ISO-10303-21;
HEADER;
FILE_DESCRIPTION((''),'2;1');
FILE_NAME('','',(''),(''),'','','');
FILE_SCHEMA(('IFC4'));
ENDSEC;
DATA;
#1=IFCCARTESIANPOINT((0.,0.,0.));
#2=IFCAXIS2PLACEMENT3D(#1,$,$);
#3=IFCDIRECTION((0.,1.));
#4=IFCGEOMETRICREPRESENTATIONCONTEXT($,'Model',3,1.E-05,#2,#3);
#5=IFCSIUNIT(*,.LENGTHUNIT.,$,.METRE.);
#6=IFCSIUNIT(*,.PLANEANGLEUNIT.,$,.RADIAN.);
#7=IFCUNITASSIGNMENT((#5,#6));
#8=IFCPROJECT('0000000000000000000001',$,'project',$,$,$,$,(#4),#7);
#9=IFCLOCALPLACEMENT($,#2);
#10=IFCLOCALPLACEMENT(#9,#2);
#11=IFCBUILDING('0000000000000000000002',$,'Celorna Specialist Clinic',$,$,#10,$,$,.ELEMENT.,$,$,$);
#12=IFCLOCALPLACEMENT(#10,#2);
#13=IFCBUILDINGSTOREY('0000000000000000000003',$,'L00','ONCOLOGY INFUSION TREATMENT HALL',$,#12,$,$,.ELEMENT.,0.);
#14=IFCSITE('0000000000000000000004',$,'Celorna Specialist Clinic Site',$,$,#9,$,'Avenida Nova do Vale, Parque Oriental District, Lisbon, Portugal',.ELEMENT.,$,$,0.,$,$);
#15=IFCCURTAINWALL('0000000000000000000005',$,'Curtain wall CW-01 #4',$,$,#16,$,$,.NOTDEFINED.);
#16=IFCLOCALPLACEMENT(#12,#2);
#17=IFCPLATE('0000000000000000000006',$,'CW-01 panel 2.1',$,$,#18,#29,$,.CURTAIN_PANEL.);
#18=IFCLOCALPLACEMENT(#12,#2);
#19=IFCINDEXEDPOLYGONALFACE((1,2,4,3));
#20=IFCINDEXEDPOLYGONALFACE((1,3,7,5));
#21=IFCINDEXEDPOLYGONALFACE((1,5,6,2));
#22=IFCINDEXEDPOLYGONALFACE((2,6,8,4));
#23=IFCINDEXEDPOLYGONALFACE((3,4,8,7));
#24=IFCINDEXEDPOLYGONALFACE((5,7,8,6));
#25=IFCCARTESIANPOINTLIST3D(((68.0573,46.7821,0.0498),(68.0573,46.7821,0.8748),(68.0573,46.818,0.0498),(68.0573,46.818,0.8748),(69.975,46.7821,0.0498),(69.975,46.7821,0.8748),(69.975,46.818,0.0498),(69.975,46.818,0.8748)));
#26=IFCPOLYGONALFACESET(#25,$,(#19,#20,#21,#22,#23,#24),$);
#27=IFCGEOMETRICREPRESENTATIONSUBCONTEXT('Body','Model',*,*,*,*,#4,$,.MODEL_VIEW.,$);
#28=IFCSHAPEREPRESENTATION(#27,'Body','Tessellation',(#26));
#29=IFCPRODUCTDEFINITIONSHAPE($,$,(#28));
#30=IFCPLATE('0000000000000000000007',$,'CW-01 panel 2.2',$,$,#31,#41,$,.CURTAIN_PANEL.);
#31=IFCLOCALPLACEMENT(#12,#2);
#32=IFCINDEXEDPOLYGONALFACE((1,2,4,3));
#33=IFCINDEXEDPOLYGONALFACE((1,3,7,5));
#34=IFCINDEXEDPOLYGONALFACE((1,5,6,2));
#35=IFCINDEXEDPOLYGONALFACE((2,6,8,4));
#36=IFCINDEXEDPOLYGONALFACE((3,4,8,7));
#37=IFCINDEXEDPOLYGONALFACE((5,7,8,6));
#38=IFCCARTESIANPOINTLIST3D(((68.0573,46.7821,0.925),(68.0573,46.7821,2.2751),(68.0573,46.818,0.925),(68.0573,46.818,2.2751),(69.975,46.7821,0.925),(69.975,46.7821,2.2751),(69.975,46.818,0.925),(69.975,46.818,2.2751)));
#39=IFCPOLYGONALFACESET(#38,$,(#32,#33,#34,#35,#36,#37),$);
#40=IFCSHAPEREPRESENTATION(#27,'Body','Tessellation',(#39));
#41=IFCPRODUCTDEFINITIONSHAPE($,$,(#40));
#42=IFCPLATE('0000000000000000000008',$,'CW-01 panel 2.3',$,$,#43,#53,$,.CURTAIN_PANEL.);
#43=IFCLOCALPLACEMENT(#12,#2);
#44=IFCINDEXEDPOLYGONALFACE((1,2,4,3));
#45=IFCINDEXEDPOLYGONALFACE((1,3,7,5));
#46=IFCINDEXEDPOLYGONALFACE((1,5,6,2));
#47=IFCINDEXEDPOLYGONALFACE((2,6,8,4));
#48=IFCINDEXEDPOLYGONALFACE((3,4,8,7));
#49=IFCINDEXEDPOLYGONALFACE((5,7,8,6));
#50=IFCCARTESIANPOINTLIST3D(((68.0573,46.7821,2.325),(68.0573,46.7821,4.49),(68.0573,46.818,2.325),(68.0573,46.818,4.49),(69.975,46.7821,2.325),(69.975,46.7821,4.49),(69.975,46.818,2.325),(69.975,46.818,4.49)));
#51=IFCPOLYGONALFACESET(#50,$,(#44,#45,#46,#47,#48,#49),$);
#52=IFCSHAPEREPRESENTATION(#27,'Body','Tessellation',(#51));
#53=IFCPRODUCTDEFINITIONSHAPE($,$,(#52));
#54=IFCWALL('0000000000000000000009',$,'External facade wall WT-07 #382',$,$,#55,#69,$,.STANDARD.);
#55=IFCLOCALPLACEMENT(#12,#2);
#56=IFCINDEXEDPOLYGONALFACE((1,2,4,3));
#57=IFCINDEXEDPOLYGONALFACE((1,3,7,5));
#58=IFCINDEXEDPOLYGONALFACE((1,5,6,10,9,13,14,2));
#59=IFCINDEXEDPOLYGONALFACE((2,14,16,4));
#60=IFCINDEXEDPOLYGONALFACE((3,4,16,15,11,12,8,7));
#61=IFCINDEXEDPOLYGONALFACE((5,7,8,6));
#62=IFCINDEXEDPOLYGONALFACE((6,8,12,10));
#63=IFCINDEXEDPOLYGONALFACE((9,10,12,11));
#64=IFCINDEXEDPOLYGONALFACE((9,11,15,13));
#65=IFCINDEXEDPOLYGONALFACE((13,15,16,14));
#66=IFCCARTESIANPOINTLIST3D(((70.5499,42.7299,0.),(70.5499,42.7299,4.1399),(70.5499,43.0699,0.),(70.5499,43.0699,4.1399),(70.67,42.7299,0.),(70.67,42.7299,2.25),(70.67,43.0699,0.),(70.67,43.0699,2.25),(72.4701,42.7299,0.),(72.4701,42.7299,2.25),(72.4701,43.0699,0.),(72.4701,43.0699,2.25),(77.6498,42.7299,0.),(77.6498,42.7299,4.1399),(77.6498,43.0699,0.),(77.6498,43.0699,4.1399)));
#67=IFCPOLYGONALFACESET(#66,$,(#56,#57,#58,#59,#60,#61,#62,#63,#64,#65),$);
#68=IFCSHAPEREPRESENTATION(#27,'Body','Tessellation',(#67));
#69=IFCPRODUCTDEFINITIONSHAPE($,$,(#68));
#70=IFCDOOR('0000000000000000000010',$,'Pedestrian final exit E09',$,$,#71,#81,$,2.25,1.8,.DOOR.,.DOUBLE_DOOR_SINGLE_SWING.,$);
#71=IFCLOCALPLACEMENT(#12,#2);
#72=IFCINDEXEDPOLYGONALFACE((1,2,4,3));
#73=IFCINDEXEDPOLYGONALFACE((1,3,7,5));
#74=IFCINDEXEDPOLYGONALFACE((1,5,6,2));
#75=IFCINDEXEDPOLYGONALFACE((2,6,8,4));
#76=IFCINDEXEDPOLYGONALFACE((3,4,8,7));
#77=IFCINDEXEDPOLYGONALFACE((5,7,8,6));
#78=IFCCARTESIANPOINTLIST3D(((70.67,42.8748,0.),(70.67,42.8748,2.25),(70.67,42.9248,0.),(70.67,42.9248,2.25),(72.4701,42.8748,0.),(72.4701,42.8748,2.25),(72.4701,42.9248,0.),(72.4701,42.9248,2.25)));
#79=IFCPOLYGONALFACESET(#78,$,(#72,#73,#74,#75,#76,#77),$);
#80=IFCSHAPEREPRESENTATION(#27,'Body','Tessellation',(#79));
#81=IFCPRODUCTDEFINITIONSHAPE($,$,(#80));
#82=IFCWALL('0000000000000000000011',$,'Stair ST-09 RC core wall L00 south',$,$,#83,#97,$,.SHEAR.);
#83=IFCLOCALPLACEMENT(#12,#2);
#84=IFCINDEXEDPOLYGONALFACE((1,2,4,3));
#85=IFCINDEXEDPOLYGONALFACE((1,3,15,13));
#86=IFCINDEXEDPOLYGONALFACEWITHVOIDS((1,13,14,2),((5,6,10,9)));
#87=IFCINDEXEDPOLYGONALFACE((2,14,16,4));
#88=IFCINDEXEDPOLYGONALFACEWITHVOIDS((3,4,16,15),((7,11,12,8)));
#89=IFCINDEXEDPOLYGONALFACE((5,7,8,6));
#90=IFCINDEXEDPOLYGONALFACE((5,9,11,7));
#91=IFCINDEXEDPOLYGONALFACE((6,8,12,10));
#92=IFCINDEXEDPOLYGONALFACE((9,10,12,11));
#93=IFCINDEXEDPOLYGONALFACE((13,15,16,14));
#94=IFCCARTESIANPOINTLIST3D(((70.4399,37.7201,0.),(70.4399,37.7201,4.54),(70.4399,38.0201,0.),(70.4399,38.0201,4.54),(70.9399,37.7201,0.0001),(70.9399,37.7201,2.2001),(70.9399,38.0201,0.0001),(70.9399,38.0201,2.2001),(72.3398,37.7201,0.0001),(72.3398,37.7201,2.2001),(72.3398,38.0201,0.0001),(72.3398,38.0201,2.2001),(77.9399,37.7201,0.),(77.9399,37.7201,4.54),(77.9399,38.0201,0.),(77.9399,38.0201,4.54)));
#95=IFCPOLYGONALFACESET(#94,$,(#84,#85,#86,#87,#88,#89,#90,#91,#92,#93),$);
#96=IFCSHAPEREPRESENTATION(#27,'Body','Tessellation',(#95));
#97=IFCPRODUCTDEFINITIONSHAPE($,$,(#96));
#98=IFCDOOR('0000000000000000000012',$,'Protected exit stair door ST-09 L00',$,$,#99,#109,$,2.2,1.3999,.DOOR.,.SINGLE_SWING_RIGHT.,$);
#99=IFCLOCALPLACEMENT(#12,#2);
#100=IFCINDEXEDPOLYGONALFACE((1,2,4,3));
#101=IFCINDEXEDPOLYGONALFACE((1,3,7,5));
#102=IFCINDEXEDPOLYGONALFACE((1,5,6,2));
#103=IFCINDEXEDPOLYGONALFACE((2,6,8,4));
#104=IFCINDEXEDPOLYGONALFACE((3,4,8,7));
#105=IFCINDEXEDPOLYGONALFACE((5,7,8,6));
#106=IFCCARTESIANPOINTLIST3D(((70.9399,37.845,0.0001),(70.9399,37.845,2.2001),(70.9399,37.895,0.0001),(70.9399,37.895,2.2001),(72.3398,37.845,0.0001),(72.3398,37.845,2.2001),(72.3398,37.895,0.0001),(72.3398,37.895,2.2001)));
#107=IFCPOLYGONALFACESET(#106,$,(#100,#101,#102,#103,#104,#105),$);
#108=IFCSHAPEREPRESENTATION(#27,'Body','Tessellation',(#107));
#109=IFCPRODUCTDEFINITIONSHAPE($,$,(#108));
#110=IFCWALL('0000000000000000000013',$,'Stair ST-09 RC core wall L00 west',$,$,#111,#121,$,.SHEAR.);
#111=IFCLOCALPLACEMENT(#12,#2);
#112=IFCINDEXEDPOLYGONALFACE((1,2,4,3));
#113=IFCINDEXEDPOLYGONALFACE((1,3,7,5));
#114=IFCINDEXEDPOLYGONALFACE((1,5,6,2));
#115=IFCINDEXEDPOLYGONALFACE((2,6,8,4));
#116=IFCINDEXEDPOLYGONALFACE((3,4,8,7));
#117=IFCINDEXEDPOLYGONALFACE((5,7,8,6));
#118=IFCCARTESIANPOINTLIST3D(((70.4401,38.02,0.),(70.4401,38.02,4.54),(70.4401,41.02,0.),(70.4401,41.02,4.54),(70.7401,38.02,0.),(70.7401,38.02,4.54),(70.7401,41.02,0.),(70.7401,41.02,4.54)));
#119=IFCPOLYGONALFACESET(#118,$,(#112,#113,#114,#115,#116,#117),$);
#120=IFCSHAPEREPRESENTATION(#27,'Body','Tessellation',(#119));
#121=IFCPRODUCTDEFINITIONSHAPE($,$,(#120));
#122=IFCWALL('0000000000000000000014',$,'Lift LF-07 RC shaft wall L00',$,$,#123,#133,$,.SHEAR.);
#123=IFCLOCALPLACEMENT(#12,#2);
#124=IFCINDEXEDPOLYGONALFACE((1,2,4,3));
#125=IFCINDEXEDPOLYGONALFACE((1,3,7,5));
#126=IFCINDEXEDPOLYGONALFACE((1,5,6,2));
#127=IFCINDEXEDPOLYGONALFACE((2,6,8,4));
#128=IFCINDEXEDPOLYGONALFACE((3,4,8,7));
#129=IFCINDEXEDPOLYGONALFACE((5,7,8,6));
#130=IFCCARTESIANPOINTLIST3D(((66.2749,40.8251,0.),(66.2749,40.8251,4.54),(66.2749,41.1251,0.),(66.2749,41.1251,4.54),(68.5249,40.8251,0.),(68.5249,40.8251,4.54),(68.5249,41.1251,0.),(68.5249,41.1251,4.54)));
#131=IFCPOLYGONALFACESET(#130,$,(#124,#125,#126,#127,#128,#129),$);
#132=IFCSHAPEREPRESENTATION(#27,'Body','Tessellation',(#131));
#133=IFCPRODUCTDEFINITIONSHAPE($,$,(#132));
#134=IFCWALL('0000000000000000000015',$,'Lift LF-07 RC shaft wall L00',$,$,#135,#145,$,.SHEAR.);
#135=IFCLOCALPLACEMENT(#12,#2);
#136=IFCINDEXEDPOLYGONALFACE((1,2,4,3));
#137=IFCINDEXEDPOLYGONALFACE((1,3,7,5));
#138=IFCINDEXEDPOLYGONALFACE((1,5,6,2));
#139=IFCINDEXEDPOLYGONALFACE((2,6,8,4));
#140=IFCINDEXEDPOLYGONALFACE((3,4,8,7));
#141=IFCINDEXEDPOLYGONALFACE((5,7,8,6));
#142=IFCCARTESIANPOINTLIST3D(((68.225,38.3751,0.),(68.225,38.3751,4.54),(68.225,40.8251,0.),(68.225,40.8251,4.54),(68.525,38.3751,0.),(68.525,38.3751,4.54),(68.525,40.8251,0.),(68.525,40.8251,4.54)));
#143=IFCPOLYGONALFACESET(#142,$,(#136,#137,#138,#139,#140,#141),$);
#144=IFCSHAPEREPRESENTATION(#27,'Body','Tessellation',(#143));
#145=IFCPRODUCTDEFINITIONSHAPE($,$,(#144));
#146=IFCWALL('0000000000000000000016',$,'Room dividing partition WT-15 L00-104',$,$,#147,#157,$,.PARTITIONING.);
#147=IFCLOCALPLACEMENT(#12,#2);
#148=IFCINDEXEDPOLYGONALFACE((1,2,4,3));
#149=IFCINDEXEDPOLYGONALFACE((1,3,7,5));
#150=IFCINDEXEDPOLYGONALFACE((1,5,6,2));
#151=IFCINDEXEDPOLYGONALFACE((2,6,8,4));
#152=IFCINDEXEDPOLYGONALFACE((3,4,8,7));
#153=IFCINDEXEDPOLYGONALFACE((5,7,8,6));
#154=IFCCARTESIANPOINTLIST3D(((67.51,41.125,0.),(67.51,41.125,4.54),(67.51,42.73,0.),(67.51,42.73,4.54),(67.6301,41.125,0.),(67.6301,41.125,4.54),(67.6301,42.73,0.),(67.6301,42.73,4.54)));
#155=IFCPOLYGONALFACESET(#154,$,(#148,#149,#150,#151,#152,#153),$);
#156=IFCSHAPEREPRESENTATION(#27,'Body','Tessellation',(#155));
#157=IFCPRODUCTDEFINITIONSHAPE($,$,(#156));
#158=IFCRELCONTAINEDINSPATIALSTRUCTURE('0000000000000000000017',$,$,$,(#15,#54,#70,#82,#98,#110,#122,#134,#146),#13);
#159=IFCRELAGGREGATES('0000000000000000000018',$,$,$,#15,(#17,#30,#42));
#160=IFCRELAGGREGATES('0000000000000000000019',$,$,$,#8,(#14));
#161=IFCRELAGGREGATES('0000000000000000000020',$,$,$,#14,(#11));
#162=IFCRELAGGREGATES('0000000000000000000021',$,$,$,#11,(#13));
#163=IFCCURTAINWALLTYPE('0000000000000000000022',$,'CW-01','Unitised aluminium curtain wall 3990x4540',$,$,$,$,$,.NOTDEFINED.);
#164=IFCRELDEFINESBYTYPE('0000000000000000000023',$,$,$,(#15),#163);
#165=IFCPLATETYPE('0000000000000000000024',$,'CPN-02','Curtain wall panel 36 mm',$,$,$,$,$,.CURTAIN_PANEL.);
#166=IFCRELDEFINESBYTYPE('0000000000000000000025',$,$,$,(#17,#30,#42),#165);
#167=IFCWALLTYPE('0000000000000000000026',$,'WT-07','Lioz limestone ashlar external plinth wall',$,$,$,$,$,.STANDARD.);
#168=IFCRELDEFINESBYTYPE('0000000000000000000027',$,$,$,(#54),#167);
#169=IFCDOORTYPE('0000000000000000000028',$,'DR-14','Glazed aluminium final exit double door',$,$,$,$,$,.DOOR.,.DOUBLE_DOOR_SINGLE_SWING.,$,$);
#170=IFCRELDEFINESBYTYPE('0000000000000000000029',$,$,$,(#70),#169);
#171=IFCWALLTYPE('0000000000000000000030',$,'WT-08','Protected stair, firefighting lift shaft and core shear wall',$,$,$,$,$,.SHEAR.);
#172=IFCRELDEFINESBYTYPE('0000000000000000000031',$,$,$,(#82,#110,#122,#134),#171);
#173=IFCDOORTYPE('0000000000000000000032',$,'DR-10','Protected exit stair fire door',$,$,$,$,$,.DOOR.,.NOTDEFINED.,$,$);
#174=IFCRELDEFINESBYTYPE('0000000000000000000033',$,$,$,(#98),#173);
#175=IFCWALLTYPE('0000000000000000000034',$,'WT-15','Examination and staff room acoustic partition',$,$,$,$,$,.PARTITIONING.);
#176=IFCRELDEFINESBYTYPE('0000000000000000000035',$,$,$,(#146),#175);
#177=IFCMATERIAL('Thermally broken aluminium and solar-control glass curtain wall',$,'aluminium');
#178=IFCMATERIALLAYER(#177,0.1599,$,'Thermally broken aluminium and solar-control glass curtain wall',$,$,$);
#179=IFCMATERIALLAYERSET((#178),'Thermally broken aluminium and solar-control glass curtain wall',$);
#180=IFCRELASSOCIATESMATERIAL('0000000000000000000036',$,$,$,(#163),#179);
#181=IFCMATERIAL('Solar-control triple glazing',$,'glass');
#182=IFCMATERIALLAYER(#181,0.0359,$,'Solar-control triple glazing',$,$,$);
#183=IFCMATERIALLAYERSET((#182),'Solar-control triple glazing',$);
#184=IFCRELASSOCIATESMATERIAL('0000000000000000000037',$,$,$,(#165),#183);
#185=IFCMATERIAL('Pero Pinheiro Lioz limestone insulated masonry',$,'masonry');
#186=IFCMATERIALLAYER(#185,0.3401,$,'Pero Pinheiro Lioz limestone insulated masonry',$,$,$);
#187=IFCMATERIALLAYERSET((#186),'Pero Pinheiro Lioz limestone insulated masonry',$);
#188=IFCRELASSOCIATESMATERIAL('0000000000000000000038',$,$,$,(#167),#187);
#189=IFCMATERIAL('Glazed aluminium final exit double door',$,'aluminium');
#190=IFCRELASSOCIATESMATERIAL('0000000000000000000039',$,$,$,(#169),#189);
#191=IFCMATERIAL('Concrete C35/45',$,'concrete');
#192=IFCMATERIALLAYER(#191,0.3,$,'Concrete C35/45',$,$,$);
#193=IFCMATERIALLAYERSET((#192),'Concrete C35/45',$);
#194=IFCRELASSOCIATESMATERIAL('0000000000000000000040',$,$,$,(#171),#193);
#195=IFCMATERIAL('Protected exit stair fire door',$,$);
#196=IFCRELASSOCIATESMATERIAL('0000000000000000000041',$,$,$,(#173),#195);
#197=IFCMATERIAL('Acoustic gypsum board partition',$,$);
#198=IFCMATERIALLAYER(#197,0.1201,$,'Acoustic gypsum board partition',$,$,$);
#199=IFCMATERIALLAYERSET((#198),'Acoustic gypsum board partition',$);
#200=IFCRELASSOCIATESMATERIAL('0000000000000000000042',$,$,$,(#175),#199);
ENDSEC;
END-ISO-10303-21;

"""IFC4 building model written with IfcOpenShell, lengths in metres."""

from ifc_helpers import new_model, si_unit, direction, frame, frame_2d, origin, origin_2d, place, context, subcontext, project, spatial, rectangle, extrude, material, layer, layer_set, type_object, element, fill, aggregate, save


model = new_model("IFC4")

# Units and contexts
model_context = context("Model", 3, precision=1e-05, world=origin(), true_north=direction((0.0, 1.0)))
body_context = subcontext(model_context, "Body", "Model", "MODEL_VIEW")
ifc_project = project(units=[si_unit("LENGTHUNIT", "METRE"), si_unit("PLANEANGLEUNIT", "RADIAN")], contexts=[model_context])

# Site, building, storey
site_placement = place(None, origin())
site = spatial("IfcSite", under=ifc_project, at=site_placement, Name="Celorna Specialist Clinic Site", LongName="Avenida Nova do Vale, Parque Oriental District, Lisbon, Portugal", CompositionType="ELEMENT", RefElevation=0.0)
building_placement = place(site_placement, origin())
building = spatial("IfcBuilding", under=site, at=building_placement, Name="Celorna Specialist Clinic", CompositionType="ELEMENT")
storey_placement = place(building_placement, origin())
storey = spatial("IfcBuildingStorey", under=building, at=storey_placement, Name="L00", Description="ONCOLOGY INFUSION TREATMENT HALL", CompositionType="ELEMENT", Elevation=0.0)

# Curtain wall
ifc_material_1 = material(Name="Thermally broken aluminium and solar-control glass curtain wall", Category="aluminium")
ifc_layer_1 = layer(ifc_material_1, 0.1599, Name="Thermally broken aluminium and solar-control glass curtain wall")
ifc_layer_set_1 = layer_set([ifc_layer_1], Name="Thermally broken aluminium and solar-control glass curtain wall")
curtain_wall_type_1 = type_object("IfcCurtainWallType", Name="CW-01", Description="Unitised aluminium curtain wall 3990x4540", PredefinedType="NOTDEFINED", material=ifc_layer_set_1)
curtain_wall_1_placement = place(storey_placement, origin())
curtain_wall_1 = element("IfcCurtainWall", 1, at=curtain_wall_1_placement, inside=storey, type_object=curtain_wall_type_1, Name="Curtain wall CW-01 #4", PredefinedType="NOTDEFINED")

# Plates
ifc_material_2 = material(Name="Solar-control triple glazing", Category="glass")
ifc_layer_2 = layer(ifc_material_2, 0.0359, Name="Solar-control triple glazing")
ifc_layer_set_2 = layer_set([ifc_layer_2], Name="Solar-control triple glazing")
plate_type = type_object("IfcPlateType", Name="CPN-02", Description="Curtain wall panel 36 mm", PredefinedType="CURTAIN_PANEL", material=ifc_layer_set_2)
plate_1_placement = place(storey_placement, frame((69.0161, 46.8, 0.0498), z_axis=(0.0, 0.0, 1.0), x_axis=(-1.0, 0.0, 0.0)))
plate_1 = element("IfcPlate", 2, at=plate_1_placement, type_object=plate_type, Name="CW-01 panel 2.1", PredefinedType="CURTAIN_PANEL", context=body_context, shape_type="SweptSolid", body=[
    extrude(rectangle(XDim=1.9177, YDim=0.0359, at=origin_2d()), origin(), (0.0, 0.0, 1.0), 0.825),
])
plate_2_placement = place(storey_placement, frame((69.0161, 46.8, 0.925), z_axis=(0.0, 0.0, 1.0), x_axis=(-1.0, 0.0, 0.0)))
plate_2 = element("IfcPlate", 3, at=plate_2_placement, type_object=plate_type, Name="CW-01 panel 2.2", PredefinedType="CURTAIN_PANEL", context=body_context, shape_type="SweptSolid", body=[
    extrude(rectangle(XDim=1.9177, YDim=0.0359, at=origin_2d()), origin(), (0.0, 0.0, 1.0), 1.3501),
])
plate_3_placement = place(storey_placement, frame((69.0161, 46.8, 2.325), z_axis=(0.0, 0.0, 1.0), x_axis=(-1.0, 0.0, 0.0)))
plate_3 = element("IfcPlate", 4, at=plate_3_placement, type_object=plate_type, Name="CW-01 panel 2.3", PredefinedType="CURTAIN_PANEL", context=body_context, shape_type="SweptSolid", body=[
    extrude(rectangle(XDim=1.9177, YDim=0.0359, at=origin_2d()), origin(), (0.0, 0.0, 1.0), 2.165),
])
aggregate(curtain_wall_1, [plate_1, plate_2, plate_3])

# Walls, openings, doors
ifc_material_3 = material(Name="Pero Pinheiro Lioz limestone insulated masonry", Category="masonry")
ifc_layer_3 = layer(ifc_material_3, 0.3401, Name="Pero Pinheiro Lioz limestone insulated masonry")
ifc_layer_set_3 = layer_set([ifc_layer_3], Name="Pero Pinheiro Lioz limestone insulated masonry")
wall_type_1 = type_object("IfcWallType", Name="WT-07", Description="Lioz limestone ashlar external plinth wall", PredefinedType="STANDARD", material=ifc_layer_set_3)
wall_1_placement = place(storey_placement, frame((70.55, 42.8999, 0.0), z_axis=(0.0, 0.0, 1.0), x_axis=(1.0, 0.0, 0.0)))
wall_1 = element("IfcWall", 5, at=wall_1_placement, inside=storey, type_object=wall_type_1, Name="External facade wall WT-07 #382", PredefinedType="STANDARD", context=body_context, shape_type="SweptSolid", body=[
    extrude(rectangle(XDim=7.0999, YDim=0.3401, at=frame_2d((3.5498, 0.0))), origin(), (0.0, 0.0, 1.0), 4.1399),
])
opening_1_placement = place(wall_1_placement, frame((0.1201, 0.0, 0.0)))
opening_1 = element("IfcOpeningElement", 6, at=opening_1_placement, cuts=wall_1, PredefinedType="OPENING", context=body_context, shape_type="SweptSolid", body=[
    extrude(rectangle(XDim=1.8, YDim=2.25, at=frame_2d((0.8999, 1.125))), frame((0.0, 0.1799, 0.0), z_axis=(0.0, -1.0, 0.0), x_axis=(1.0, 0.0, 0.0)), (0.0, 0.0, 1.0), 0.3601),
])
ifc_material_4 = material(Name="Glazed aluminium final exit double door", Category="aluminium")
door_type_1 = type_object("IfcDoorType", Name="DR-14", Description="Glazed aluminium final exit double door", OperationType="DOUBLE_DOOR_SINGLE_SWING", PredefinedType="DOOR", material=ifc_material_4)
door_1_placement = place(opening_1_placement, origin())
door_1 = element("IfcDoor", 7, at=door_1_placement, inside=storey, type_object=door_type_1, Name="Pedestrian final exit E09", OperationType="DOUBLE_DOOR_SINGLE_SWING", OverallHeight=2.25, OverallWidth=1.8, PredefinedType="DOOR", context=body_context, shape_type="SweptSolid", body=[
    extrude(rectangle(XDim=1.8, YDim=2.25, at=frame_2d((0.8999, 1.125))), frame((0.0, 0.0249, 0.0), z_axis=(0.0, -1.0, 0.0), x_axis=(1.0, 0.0, 0.0)), (0.0, 0.0, 1.0), 0.05),
])
fill(opening_1, door_1)
ifc_material_5 = material(Name="Concrete C35/45", Category="concrete")
ifc_layer_4 = layer(ifc_material_5, 0.3, Name="Concrete C35/45")
ifc_layer_set_4 = layer_set([ifc_layer_4], Name="Concrete C35/45")
wall_type_2 = type_object("IfcWallType", Name="WT-08", Description="Protected stair, firefighting lift shaft and core shear wall", PredefinedType="SHEAR", material=ifc_layer_set_4)
wall_2_placement = place(storey_placement, frame((70.4399, 37.8701, 0.0), z_axis=(0.0, 0.0, 1.0), x_axis=(1.0, 0.0, 0.0)))
wall_2 = element("IfcWall", 8, at=wall_2_placement, inside=storey, type_object=wall_type_2, Name="Stair ST-09 RC core wall L00 south", PredefinedType="SHEAR", context=body_context, shape_type="SweptSolid", body=[
    extrude(rectangle(XDim=7.5, YDim=0.3, at=frame_2d((3.75, 0.0))), origin(), (0.0, 0.0, 1.0), 4.54),
])
opening_2_placement = place(wall_2_placement, frame((0.5, 0.0, 0.0)))
opening_2 = element("IfcOpeningElement", 9, at=opening_2_placement, cuts=wall_2, PredefinedType="OPENING", context=body_context, shape_type="SweptSolid", body=[
    extrude(rectangle(XDim=1.3999, YDim=2.2, at=frame_2d((0.7, 1.1001))), frame((0.0, 0.1599, 0.0), z_axis=(0.0, -1.0, 0.0), x_axis=(1.0, 0.0, 0.0)), (0.0, 0.0, 1.0), 0.3201),
])
ifc_material_6 = material(Name="Protected exit stair fire door")
door_type_2 = type_object("IfcDoorType", Name="DR-10", Description="Protected exit stair fire door", OperationType="NOTDEFINED", PredefinedType="DOOR", material=ifc_material_6)
door_2_placement = place(opening_2_placement, origin())
door_2 = element("IfcDoor", 10, at=door_2_placement, inside=storey, type_object=door_type_2, Name="Protected exit stair door ST-09 L00", OperationType="SINGLE_SWING_RIGHT", OverallHeight=2.2, OverallWidth=1.3999, PredefinedType="DOOR", context=body_context, shape_type="SweptSolid", body=[
    extrude(rectangle(XDim=1.3999, YDim=2.2, at=frame_2d((0.7, 1.1001))), frame((0.0, 0.0249, 0.0), z_axis=(0.0, -1.0, 0.0), x_axis=(1.0, 0.0, 0.0)), (0.0, 0.0, 1.0), 0.05),
])
fill(opening_2, door_2)

# Walls
wall_3_placement = place(storey_placement, frame((70.5901, 41.02, 0.0), z_axis=(0.0, 0.0, 1.0), x_axis=(0.0, -1.0, 0.0)))
element("IfcWall", 11, at=wall_3_placement, inside=storey, type_object=wall_type_2, Name="Stair ST-09 RC core wall L00 west", PredefinedType="SHEAR", context=body_context, shape_type="SweptSolid", body=[
    extrude(rectangle(XDim=3.0, YDim=0.3, at=frame_2d((1.5, 0.0))), origin(), (0.0, 0.0, 1.0), 4.54),
])
wall_4_placement = place(storey_placement, frame((68.5249, 40.9751, 0.0), z_axis=(0.0, 0.0, 1.0), x_axis=(-1.0, 0.0, 0.0)))
element("IfcWall", 12, at=wall_4_placement, inside=storey, type_object=wall_type_2, Name="Lift LF-07 RC shaft wall L00", PredefinedType="SHEAR", context=body_context, shape_type="SweptSolid", body=[
    extrude(rectangle(XDim=2.25, YDim=0.3, at=frame_2d((1.125, 0.0))), origin(), (0.0, 0.0, 1.0), 4.54),
])
wall_5_placement = place(storey_placement, frame((68.375, 38.375, 0.0), z_axis=(0.0, 0.0, 1.0), x_axis=(0.0, 1.0, 0.0)))
element("IfcWall", 13, at=wall_5_placement, inside=storey, type_object=wall_type_2, Name="Lift LF-07 RC shaft wall L00", PredefinedType="SHEAR", context=body_context, shape_type="SweptSolid", body=[
    extrude(rectangle(XDim=2.45, YDim=0.3, at=frame_2d((1.2251, 0.0))), origin(), (0.0, 0.0, 1.0), 4.54),
])
ifc_material_7 = material(Name="Acoustic gypsum board partition")
ifc_layer_5 = layer(ifc_material_7, 0.1201, Name="Acoustic gypsum board partition")
ifc_layer_set_5 = layer_set([ifc_layer_5], Name="Acoustic gypsum board partition")
wall_type_3 = type_object("IfcWallType", Name="WT-15", Description="Examination and staff room acoustic partition", PredefinedType="PARTITIONING", material=ifc_layer_set_5)
wall_6_placement = place(storey_placement, frame((67.5701, 41.125, 0.0), z_axis=(0.0, 0.0, 1.0), x_axis=(0.0, 1.0, 0.0)))
element("IfcWall", 14, at=wall_6_placement, inside=storey, type_object=wall_type_3, Name="Room dividing partition WT-15 L00-104", PredefinedType="PARTITIONING", context=body_context, shape_type="SweptSolid", body=[
    extrude(rectangle(XDim=1.605, YDim=0.1201, at=frame_2d((0.8025, 0.0))), origin(), (0.0, 0.0, 1.0), 4.54),
])

save(model, "model.ifc")
